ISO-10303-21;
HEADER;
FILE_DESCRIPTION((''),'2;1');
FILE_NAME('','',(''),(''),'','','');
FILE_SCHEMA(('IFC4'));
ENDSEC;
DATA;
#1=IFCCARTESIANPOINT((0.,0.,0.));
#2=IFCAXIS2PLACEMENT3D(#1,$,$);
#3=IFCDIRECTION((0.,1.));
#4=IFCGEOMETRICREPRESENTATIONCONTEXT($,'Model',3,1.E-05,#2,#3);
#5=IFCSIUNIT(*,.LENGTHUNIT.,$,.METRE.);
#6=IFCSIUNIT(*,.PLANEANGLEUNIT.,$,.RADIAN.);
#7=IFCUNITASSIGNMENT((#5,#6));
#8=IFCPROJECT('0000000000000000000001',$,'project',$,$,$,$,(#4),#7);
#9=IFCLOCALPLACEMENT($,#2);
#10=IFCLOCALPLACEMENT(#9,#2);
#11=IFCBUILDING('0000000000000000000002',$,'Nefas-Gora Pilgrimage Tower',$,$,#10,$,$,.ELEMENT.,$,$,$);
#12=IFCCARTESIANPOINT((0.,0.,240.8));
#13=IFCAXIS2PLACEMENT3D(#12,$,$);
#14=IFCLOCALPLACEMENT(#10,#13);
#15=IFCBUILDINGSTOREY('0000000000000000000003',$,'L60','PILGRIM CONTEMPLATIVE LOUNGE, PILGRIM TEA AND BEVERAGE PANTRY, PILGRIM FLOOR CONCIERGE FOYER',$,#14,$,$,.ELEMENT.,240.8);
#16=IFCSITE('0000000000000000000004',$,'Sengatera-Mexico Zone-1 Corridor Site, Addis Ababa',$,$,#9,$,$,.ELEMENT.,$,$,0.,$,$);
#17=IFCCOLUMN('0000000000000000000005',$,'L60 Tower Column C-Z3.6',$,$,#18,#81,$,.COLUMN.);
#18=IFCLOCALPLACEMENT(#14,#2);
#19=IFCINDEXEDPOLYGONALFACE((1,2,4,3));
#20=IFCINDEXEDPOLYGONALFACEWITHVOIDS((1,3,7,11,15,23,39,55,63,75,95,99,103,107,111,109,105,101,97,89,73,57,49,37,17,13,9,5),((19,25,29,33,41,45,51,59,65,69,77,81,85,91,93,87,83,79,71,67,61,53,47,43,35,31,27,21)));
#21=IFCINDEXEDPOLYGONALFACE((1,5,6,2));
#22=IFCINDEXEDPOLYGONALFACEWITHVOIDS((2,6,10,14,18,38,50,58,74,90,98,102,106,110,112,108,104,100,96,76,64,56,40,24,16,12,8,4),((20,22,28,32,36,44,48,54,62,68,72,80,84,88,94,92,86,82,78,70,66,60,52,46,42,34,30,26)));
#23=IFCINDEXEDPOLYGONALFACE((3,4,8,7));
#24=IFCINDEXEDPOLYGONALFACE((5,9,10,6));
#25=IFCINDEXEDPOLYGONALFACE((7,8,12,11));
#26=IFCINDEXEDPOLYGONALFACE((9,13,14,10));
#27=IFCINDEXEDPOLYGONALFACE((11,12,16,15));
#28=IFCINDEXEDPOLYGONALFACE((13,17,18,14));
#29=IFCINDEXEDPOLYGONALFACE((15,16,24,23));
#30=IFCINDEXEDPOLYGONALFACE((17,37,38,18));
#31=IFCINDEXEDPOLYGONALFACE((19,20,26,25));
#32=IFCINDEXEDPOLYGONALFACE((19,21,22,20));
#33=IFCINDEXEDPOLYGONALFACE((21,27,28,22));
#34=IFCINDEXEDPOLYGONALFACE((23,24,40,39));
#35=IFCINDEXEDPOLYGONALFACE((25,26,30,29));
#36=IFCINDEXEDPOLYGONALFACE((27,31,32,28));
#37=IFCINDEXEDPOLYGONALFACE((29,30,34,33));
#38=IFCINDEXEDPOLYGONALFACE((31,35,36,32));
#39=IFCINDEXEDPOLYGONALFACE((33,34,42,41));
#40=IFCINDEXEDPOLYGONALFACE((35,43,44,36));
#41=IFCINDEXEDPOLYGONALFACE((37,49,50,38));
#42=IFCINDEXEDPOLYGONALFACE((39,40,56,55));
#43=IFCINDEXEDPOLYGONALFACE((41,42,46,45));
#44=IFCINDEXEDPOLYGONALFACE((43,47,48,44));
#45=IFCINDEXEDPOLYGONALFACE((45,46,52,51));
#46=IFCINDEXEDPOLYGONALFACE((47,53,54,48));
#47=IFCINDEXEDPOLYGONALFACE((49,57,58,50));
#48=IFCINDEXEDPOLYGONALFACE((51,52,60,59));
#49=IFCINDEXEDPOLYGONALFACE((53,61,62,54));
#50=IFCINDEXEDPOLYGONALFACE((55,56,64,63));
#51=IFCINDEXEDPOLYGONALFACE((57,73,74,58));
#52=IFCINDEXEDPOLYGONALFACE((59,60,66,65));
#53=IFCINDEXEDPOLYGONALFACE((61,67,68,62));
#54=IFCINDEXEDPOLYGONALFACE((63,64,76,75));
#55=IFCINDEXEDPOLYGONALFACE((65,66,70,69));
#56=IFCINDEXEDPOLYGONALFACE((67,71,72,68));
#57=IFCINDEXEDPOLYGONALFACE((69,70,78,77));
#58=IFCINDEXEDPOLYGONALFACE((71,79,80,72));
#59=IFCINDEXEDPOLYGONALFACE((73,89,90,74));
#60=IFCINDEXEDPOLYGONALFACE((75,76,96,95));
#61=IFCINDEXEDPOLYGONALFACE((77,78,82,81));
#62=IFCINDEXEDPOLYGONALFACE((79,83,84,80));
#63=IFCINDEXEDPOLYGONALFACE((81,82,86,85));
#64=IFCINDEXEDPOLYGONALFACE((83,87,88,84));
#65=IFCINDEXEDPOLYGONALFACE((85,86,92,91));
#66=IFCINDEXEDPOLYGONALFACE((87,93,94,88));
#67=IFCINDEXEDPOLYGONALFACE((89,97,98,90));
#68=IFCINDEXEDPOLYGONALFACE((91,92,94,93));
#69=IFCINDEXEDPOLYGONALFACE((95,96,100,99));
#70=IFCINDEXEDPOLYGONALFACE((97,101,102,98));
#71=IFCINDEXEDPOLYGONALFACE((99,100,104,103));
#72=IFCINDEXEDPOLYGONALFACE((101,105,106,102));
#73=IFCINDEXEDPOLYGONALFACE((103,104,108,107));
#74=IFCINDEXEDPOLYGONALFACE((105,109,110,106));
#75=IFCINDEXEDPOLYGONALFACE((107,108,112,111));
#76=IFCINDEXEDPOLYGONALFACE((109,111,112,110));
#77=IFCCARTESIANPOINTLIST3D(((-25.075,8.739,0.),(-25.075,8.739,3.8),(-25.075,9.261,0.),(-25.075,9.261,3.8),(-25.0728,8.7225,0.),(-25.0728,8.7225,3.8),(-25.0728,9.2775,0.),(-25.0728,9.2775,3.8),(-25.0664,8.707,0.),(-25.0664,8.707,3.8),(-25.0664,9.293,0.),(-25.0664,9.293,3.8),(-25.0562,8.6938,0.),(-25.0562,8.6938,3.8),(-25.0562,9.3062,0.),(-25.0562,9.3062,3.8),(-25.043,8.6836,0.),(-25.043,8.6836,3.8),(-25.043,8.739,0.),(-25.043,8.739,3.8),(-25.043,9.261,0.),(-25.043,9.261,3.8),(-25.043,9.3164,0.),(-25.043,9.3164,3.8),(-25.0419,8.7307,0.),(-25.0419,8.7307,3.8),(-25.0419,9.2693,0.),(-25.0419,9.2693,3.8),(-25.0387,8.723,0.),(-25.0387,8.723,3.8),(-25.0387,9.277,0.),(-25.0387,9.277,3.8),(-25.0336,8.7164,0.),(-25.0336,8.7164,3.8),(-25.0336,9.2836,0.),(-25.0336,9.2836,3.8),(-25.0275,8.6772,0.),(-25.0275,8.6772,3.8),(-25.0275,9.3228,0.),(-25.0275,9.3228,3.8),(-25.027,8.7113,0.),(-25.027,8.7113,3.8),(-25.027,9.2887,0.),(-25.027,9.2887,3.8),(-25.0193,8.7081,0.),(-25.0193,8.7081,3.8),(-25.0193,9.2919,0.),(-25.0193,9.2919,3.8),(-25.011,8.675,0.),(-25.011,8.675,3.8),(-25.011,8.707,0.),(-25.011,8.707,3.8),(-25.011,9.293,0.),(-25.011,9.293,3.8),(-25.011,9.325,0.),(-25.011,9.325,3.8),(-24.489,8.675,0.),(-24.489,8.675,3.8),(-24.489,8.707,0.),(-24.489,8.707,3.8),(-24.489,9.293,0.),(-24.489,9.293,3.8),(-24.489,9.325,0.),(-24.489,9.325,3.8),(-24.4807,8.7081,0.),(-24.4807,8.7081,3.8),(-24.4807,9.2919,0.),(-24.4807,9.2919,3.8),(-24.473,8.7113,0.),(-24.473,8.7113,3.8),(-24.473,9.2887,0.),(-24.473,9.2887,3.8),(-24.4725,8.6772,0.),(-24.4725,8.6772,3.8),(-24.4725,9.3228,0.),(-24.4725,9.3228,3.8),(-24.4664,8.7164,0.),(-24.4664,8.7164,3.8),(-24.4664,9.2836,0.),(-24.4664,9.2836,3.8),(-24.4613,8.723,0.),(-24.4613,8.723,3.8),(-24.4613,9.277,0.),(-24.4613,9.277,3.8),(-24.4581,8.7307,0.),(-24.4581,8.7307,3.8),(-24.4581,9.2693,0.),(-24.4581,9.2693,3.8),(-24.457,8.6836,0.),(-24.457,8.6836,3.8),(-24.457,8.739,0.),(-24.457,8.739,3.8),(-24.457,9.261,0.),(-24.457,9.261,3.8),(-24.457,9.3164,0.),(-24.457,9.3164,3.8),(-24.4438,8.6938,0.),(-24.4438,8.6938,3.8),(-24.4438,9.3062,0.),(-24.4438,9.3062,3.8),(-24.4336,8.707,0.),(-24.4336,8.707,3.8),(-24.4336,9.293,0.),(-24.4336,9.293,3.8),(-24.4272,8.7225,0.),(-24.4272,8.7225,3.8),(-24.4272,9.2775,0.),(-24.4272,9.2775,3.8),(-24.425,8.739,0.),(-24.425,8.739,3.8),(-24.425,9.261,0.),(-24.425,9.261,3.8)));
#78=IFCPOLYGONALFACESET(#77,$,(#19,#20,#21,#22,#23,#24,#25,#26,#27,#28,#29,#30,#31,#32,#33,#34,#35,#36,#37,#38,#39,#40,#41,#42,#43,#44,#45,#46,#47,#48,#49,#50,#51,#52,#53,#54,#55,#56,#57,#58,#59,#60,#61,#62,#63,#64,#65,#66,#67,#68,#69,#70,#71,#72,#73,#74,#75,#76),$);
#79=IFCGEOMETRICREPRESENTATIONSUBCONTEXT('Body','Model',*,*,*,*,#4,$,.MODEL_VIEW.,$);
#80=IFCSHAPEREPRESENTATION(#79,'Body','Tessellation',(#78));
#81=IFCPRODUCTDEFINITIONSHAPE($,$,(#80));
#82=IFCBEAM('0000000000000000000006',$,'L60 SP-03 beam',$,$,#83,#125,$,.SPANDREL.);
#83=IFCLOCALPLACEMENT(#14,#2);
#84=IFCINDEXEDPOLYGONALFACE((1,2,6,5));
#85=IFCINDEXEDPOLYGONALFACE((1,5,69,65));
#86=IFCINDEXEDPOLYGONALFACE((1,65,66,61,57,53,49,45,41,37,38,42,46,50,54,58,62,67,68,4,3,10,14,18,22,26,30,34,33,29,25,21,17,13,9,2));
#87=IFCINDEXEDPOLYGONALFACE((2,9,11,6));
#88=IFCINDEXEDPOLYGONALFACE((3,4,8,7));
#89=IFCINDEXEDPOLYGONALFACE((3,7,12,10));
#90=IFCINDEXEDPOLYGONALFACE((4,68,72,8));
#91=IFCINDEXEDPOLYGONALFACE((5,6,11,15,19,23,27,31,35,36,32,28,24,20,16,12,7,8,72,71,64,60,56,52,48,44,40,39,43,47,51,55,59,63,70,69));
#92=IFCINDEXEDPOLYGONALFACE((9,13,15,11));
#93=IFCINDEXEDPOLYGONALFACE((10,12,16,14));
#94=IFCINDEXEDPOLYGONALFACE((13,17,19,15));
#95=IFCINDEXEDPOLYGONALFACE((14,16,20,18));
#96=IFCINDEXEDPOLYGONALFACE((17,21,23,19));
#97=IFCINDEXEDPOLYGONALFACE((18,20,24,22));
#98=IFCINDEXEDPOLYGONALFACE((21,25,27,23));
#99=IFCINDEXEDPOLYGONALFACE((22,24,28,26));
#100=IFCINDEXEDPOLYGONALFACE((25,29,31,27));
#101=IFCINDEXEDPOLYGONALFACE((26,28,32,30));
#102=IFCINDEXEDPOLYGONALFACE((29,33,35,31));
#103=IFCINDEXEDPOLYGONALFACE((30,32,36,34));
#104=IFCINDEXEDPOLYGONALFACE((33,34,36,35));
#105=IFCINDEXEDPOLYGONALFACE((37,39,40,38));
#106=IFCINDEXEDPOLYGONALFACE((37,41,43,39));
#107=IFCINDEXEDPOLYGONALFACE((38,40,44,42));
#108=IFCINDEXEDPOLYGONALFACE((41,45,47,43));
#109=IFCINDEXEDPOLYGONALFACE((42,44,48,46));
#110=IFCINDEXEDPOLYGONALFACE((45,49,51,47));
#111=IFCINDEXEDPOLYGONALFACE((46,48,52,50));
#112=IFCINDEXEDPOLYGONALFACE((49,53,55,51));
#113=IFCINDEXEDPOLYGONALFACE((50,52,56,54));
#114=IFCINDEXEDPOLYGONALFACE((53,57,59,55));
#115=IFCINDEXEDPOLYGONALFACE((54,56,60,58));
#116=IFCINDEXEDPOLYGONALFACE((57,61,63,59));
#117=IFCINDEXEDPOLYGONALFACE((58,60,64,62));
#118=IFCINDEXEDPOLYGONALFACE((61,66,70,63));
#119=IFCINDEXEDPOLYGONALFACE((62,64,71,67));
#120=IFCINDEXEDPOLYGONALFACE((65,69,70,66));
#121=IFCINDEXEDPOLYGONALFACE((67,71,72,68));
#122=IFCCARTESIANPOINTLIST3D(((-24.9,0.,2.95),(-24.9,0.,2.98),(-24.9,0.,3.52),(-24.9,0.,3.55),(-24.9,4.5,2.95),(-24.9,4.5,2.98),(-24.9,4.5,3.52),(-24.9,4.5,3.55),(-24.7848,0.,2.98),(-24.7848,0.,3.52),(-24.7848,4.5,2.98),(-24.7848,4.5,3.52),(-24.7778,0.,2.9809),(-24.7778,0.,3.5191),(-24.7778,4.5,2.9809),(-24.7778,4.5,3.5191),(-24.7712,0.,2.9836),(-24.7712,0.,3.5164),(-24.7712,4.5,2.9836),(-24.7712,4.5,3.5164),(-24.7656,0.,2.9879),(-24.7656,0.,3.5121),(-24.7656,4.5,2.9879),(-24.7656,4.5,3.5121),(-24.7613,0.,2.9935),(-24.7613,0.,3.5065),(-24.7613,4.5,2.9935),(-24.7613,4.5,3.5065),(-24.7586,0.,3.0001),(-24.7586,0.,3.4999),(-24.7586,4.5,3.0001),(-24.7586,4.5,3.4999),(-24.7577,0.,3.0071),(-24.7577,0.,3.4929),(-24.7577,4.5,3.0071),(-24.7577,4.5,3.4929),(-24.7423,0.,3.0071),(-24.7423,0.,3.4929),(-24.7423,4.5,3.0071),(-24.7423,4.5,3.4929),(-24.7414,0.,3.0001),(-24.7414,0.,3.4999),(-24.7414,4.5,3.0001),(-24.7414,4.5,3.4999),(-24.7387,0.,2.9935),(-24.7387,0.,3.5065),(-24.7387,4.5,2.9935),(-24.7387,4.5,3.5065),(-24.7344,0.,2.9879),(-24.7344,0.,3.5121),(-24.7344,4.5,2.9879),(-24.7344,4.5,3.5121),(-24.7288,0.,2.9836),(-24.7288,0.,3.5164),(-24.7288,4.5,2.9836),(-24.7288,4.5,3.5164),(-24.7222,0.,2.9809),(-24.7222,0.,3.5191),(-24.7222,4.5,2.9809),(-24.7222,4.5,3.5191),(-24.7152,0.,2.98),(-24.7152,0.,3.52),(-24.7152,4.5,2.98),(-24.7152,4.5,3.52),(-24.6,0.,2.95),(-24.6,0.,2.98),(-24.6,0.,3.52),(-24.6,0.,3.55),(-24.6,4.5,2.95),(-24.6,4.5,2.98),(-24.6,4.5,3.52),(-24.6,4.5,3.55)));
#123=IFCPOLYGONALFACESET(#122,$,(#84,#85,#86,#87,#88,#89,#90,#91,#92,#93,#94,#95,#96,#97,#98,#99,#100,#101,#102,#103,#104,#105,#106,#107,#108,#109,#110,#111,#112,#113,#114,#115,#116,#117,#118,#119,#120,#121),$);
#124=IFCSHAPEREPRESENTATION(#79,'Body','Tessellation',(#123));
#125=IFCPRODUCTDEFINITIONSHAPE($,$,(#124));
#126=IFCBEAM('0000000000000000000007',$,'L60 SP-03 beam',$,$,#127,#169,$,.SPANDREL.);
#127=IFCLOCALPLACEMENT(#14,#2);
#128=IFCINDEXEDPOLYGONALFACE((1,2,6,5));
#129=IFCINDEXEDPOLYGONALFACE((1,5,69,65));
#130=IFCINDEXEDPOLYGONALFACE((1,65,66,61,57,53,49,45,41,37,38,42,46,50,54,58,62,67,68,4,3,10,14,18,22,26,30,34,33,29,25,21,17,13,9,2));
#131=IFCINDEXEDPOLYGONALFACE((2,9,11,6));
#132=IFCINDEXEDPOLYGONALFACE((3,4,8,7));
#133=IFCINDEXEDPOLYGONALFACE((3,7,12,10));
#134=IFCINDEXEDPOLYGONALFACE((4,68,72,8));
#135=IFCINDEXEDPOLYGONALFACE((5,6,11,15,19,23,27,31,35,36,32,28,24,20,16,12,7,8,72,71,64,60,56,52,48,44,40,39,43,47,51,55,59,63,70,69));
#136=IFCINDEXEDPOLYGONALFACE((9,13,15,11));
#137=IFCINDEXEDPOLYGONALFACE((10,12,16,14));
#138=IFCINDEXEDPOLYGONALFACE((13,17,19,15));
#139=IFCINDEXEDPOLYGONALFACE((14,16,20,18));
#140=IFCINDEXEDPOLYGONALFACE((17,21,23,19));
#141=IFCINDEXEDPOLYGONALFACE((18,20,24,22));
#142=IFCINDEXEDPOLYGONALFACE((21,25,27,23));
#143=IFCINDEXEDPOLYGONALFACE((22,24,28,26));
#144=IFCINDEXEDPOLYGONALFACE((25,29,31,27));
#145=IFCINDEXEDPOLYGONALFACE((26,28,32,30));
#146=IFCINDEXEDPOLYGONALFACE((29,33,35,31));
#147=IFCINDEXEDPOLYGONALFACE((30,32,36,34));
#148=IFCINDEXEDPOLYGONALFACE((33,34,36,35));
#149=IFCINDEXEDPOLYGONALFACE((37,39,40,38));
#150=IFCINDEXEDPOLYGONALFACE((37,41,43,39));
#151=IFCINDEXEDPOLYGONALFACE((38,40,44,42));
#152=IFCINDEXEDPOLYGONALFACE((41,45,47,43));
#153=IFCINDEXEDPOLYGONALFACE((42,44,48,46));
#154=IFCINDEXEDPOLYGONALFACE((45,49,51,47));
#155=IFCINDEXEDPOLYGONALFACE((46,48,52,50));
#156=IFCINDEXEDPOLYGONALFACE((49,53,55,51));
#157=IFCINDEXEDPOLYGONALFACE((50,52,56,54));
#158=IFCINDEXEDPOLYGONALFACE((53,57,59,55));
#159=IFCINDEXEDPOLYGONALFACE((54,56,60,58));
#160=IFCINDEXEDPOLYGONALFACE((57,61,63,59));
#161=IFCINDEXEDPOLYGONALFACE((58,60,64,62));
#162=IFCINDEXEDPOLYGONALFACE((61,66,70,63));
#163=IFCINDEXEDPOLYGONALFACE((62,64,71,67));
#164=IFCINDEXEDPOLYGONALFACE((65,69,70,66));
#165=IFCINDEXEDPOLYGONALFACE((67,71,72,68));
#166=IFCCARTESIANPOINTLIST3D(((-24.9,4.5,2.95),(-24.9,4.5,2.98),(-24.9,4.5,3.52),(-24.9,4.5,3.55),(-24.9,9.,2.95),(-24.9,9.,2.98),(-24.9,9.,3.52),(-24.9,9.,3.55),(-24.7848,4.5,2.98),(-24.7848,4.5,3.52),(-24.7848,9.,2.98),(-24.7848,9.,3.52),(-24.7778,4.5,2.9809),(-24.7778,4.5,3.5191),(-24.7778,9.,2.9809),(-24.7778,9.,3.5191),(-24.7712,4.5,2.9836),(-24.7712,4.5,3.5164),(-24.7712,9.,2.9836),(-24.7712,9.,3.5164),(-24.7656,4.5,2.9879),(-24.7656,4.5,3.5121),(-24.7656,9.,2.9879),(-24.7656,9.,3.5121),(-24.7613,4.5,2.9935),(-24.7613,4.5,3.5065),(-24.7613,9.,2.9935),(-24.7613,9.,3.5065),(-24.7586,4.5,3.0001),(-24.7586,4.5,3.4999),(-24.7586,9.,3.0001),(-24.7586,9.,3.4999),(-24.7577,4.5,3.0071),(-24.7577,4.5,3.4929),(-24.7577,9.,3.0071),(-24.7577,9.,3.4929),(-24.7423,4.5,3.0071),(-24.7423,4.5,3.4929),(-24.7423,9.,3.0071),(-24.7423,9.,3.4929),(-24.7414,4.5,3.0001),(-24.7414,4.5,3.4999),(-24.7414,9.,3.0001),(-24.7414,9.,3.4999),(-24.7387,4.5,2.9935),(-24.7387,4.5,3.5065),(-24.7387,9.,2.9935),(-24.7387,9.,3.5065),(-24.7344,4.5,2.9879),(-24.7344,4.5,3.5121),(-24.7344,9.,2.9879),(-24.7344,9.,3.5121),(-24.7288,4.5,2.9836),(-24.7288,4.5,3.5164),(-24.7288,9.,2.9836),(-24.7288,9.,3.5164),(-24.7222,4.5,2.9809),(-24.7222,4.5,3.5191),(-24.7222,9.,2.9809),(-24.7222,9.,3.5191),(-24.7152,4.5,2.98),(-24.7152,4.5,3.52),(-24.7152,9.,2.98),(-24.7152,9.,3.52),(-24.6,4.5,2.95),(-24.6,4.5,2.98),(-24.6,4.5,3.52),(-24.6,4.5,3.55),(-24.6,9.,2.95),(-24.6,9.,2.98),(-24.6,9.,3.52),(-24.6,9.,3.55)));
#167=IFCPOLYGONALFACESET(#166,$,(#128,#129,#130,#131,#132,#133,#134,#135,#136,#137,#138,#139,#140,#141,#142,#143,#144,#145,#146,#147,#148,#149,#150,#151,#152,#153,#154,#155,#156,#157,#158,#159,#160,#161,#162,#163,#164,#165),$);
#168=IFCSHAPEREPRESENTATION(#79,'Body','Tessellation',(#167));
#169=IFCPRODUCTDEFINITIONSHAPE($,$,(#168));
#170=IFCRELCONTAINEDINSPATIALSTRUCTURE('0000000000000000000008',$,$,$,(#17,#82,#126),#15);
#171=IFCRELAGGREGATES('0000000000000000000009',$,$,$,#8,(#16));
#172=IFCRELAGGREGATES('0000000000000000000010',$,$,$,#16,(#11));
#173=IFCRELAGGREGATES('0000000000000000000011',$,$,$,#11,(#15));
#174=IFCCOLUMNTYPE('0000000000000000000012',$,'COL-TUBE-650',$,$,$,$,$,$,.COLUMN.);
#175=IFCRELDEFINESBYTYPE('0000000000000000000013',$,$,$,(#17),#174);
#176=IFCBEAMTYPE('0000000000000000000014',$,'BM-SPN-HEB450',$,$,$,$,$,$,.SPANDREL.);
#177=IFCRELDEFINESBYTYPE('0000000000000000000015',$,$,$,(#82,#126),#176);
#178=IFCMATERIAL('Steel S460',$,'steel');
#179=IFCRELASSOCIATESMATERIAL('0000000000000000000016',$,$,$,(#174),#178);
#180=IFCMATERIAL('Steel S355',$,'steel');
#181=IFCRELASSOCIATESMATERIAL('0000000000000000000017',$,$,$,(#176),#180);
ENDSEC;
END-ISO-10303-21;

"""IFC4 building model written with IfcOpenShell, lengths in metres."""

from ifc_helpers import new_model, si_unit, direction, frame, origin, origin_2d, place, context, subcontext, project, spatial, hollow_rectangle, i_section, extrude, source, transform, mapped, material, material_profile, profile_set, type_object, element, save


model = new_model("IFC4")

# Units and contexts
model_context = context("Model", 3, precision=1e-05, world=origin(), true_north=direction((0.0, 1.0)))
body_context = subcontext(model_context, "Body", "Model", "MODEL_VIEW")
ifc_project = project(units=[si_unit("LENGTHUNIT", "METRE"), si_unit("PLANEANGLEUNIT", "RADIAN")], contexts=[model_context])

# Site, building, storey
site_placement = place(None, origin())
site = spatial("IfcSite", under=ifc_project, at=site_placement, Name="Sengatera-Mexico Zone-1 Corridor Site, Addis Ababa", CompositionType="ELEMENT", RefElevation=0.0)
building_placement = place(site_placement, origin())
building = spatial("IfcBuilding", under=site, at=building_placement, Name="Nefas-Gora Pilgrimage Tower", CompositionType="ELEMENT")
storey_placement = place(building_placement, frame((0.0, 0.0, 240.8)))
storey = spatial("IfcBuildingStorey", under=building, at=storey_placement, Name="L60", Description="PILGRIM CONTEMPLATIVE LOUNGE, PILGRIM TEA AND BEVERAGE PANTRY, PILGRIM FLOOR CONCIERGE FOYER", CompositionType="ELEMENT", Elevation=240.8)

# Column
ifc_material_1 = material(Name="Steel S460", Category="steel")
ifc_material_profile_1 = material_profile(ifc_material_1, hollow_rectangle(XDim=0.6499, YDim=0.6499, WallThickness=0.032, InnerFilletRadius=0.032, OuterFilletRadius=0.064, at=origin_2d()), Name="BOX 650x650x32")
ifc_profile_set_1 = profile_set([ifc_material_profile_1], Name="Steel S460")
column_type_1 = type_object("IfcColumnType", Name="COL-TUBE-650", PredefinedType="COLUMN", material=ifc_profile_set_1)
shared_shape_1 = source(origin(), body_context, "Body", "SweptSolid", [
    extrude(hollow_rectangle(XDim=0.6499, YDim=0.6499, WallThickness=0.032, InnerFilletRadius=0.032, OuterFilletRadius=0.064, at=origin_2d()), origin(), (0.0, 0.0, 1.0), 3.8),
])
for number, where, z_axis, x_axis, name in (
    (1, (-24.75, 9.0, 0.0), (0.0, 0.0, 1.0), (1.0, 0.0, 0.0), "L60 Tower Column C-Z3.6"),
):
    element("IfcColumn", number, at=place(storey_placement, frame(where, z_axis=z_axis, x_axis=x_axis)), inside=storey, type_object=column_type_1, Name=name, PredefinedType="COLUMN", context=body_context, shape_type="MappedRepresentation", body=[
        mapped(shared_shape_1, transform((0.0, 0.0, 0.0), x_axis=(1.0, 0.0, 0.0), y_axis=(0.0, 1.0, 0.0), z_axis=(0.0, 0.0, 1.0), scale=1.0)),
    ])

# Beams
ifc_material_2 = material(Name="Steel S355", Category="steel")
ifc_material_profile_2 = material_profile(ifc_material_2, i_section(OverallWidth=0.3, OverallDepth=0.6001, WebThickness=0.0154, FlangeThickness=0.03, FilletRadius=0.0271, at=origin_2d()), Name="HEB 600")
ifc_profile_set_2 = profile_set([ifc_material_profile_2], Name="Steel S355")
beam_type_1 = type_object("IfcBeamType", Name="BM-SPN-HEB450", PredefinedType="SPANDREL", material=ifc_profile_set_2)
shared_shape_2 = source(origin(), body_context, "Body", "SweptSolid", [
    extrude(i_section(OverallWidth=0.3, OverallDepth=0.6001, WebThickness=0.0154, FlangeThickness=0.03, FilletRadius=0.0271, at=origin_2d()), origin(), (0.0, 0.0, 1.0), 4.5),
])
for number, where, z_axis, x_axis, name in (
    (2, (-24.75, 0.0, 3.25), (0.0, 1.0, 0.0), (-1.0, 0.0, 0.0), "L60 SP-03 beam"),
    (3, (-24.75, 4.5, 3.25), (0.0, 1.0, 0.0), (-1.0, 0.0, 0.0), "L60 SP-03 beam"),
):
    element("IfcBeam", number, at=place(storey_placement, frame(where, z_axis=z_axis, x_axis=x_axis)), inside=storey, type_object=beam_type_1, Name=name, PredefinedType="SPANDREL", context=body_context, shape_type="MappedRepresentation", body=[
        mapped(shared_shape_2, transform((0.0, 0.0, 0.0), x_axis=(1.0, 0.0, 0.0), y_axis=(0.0, 1.0, 0.0), z_axis=(0.0, 0.0, 1.0), scale=1.0)),
    ])

save(model, "model.ifc")
